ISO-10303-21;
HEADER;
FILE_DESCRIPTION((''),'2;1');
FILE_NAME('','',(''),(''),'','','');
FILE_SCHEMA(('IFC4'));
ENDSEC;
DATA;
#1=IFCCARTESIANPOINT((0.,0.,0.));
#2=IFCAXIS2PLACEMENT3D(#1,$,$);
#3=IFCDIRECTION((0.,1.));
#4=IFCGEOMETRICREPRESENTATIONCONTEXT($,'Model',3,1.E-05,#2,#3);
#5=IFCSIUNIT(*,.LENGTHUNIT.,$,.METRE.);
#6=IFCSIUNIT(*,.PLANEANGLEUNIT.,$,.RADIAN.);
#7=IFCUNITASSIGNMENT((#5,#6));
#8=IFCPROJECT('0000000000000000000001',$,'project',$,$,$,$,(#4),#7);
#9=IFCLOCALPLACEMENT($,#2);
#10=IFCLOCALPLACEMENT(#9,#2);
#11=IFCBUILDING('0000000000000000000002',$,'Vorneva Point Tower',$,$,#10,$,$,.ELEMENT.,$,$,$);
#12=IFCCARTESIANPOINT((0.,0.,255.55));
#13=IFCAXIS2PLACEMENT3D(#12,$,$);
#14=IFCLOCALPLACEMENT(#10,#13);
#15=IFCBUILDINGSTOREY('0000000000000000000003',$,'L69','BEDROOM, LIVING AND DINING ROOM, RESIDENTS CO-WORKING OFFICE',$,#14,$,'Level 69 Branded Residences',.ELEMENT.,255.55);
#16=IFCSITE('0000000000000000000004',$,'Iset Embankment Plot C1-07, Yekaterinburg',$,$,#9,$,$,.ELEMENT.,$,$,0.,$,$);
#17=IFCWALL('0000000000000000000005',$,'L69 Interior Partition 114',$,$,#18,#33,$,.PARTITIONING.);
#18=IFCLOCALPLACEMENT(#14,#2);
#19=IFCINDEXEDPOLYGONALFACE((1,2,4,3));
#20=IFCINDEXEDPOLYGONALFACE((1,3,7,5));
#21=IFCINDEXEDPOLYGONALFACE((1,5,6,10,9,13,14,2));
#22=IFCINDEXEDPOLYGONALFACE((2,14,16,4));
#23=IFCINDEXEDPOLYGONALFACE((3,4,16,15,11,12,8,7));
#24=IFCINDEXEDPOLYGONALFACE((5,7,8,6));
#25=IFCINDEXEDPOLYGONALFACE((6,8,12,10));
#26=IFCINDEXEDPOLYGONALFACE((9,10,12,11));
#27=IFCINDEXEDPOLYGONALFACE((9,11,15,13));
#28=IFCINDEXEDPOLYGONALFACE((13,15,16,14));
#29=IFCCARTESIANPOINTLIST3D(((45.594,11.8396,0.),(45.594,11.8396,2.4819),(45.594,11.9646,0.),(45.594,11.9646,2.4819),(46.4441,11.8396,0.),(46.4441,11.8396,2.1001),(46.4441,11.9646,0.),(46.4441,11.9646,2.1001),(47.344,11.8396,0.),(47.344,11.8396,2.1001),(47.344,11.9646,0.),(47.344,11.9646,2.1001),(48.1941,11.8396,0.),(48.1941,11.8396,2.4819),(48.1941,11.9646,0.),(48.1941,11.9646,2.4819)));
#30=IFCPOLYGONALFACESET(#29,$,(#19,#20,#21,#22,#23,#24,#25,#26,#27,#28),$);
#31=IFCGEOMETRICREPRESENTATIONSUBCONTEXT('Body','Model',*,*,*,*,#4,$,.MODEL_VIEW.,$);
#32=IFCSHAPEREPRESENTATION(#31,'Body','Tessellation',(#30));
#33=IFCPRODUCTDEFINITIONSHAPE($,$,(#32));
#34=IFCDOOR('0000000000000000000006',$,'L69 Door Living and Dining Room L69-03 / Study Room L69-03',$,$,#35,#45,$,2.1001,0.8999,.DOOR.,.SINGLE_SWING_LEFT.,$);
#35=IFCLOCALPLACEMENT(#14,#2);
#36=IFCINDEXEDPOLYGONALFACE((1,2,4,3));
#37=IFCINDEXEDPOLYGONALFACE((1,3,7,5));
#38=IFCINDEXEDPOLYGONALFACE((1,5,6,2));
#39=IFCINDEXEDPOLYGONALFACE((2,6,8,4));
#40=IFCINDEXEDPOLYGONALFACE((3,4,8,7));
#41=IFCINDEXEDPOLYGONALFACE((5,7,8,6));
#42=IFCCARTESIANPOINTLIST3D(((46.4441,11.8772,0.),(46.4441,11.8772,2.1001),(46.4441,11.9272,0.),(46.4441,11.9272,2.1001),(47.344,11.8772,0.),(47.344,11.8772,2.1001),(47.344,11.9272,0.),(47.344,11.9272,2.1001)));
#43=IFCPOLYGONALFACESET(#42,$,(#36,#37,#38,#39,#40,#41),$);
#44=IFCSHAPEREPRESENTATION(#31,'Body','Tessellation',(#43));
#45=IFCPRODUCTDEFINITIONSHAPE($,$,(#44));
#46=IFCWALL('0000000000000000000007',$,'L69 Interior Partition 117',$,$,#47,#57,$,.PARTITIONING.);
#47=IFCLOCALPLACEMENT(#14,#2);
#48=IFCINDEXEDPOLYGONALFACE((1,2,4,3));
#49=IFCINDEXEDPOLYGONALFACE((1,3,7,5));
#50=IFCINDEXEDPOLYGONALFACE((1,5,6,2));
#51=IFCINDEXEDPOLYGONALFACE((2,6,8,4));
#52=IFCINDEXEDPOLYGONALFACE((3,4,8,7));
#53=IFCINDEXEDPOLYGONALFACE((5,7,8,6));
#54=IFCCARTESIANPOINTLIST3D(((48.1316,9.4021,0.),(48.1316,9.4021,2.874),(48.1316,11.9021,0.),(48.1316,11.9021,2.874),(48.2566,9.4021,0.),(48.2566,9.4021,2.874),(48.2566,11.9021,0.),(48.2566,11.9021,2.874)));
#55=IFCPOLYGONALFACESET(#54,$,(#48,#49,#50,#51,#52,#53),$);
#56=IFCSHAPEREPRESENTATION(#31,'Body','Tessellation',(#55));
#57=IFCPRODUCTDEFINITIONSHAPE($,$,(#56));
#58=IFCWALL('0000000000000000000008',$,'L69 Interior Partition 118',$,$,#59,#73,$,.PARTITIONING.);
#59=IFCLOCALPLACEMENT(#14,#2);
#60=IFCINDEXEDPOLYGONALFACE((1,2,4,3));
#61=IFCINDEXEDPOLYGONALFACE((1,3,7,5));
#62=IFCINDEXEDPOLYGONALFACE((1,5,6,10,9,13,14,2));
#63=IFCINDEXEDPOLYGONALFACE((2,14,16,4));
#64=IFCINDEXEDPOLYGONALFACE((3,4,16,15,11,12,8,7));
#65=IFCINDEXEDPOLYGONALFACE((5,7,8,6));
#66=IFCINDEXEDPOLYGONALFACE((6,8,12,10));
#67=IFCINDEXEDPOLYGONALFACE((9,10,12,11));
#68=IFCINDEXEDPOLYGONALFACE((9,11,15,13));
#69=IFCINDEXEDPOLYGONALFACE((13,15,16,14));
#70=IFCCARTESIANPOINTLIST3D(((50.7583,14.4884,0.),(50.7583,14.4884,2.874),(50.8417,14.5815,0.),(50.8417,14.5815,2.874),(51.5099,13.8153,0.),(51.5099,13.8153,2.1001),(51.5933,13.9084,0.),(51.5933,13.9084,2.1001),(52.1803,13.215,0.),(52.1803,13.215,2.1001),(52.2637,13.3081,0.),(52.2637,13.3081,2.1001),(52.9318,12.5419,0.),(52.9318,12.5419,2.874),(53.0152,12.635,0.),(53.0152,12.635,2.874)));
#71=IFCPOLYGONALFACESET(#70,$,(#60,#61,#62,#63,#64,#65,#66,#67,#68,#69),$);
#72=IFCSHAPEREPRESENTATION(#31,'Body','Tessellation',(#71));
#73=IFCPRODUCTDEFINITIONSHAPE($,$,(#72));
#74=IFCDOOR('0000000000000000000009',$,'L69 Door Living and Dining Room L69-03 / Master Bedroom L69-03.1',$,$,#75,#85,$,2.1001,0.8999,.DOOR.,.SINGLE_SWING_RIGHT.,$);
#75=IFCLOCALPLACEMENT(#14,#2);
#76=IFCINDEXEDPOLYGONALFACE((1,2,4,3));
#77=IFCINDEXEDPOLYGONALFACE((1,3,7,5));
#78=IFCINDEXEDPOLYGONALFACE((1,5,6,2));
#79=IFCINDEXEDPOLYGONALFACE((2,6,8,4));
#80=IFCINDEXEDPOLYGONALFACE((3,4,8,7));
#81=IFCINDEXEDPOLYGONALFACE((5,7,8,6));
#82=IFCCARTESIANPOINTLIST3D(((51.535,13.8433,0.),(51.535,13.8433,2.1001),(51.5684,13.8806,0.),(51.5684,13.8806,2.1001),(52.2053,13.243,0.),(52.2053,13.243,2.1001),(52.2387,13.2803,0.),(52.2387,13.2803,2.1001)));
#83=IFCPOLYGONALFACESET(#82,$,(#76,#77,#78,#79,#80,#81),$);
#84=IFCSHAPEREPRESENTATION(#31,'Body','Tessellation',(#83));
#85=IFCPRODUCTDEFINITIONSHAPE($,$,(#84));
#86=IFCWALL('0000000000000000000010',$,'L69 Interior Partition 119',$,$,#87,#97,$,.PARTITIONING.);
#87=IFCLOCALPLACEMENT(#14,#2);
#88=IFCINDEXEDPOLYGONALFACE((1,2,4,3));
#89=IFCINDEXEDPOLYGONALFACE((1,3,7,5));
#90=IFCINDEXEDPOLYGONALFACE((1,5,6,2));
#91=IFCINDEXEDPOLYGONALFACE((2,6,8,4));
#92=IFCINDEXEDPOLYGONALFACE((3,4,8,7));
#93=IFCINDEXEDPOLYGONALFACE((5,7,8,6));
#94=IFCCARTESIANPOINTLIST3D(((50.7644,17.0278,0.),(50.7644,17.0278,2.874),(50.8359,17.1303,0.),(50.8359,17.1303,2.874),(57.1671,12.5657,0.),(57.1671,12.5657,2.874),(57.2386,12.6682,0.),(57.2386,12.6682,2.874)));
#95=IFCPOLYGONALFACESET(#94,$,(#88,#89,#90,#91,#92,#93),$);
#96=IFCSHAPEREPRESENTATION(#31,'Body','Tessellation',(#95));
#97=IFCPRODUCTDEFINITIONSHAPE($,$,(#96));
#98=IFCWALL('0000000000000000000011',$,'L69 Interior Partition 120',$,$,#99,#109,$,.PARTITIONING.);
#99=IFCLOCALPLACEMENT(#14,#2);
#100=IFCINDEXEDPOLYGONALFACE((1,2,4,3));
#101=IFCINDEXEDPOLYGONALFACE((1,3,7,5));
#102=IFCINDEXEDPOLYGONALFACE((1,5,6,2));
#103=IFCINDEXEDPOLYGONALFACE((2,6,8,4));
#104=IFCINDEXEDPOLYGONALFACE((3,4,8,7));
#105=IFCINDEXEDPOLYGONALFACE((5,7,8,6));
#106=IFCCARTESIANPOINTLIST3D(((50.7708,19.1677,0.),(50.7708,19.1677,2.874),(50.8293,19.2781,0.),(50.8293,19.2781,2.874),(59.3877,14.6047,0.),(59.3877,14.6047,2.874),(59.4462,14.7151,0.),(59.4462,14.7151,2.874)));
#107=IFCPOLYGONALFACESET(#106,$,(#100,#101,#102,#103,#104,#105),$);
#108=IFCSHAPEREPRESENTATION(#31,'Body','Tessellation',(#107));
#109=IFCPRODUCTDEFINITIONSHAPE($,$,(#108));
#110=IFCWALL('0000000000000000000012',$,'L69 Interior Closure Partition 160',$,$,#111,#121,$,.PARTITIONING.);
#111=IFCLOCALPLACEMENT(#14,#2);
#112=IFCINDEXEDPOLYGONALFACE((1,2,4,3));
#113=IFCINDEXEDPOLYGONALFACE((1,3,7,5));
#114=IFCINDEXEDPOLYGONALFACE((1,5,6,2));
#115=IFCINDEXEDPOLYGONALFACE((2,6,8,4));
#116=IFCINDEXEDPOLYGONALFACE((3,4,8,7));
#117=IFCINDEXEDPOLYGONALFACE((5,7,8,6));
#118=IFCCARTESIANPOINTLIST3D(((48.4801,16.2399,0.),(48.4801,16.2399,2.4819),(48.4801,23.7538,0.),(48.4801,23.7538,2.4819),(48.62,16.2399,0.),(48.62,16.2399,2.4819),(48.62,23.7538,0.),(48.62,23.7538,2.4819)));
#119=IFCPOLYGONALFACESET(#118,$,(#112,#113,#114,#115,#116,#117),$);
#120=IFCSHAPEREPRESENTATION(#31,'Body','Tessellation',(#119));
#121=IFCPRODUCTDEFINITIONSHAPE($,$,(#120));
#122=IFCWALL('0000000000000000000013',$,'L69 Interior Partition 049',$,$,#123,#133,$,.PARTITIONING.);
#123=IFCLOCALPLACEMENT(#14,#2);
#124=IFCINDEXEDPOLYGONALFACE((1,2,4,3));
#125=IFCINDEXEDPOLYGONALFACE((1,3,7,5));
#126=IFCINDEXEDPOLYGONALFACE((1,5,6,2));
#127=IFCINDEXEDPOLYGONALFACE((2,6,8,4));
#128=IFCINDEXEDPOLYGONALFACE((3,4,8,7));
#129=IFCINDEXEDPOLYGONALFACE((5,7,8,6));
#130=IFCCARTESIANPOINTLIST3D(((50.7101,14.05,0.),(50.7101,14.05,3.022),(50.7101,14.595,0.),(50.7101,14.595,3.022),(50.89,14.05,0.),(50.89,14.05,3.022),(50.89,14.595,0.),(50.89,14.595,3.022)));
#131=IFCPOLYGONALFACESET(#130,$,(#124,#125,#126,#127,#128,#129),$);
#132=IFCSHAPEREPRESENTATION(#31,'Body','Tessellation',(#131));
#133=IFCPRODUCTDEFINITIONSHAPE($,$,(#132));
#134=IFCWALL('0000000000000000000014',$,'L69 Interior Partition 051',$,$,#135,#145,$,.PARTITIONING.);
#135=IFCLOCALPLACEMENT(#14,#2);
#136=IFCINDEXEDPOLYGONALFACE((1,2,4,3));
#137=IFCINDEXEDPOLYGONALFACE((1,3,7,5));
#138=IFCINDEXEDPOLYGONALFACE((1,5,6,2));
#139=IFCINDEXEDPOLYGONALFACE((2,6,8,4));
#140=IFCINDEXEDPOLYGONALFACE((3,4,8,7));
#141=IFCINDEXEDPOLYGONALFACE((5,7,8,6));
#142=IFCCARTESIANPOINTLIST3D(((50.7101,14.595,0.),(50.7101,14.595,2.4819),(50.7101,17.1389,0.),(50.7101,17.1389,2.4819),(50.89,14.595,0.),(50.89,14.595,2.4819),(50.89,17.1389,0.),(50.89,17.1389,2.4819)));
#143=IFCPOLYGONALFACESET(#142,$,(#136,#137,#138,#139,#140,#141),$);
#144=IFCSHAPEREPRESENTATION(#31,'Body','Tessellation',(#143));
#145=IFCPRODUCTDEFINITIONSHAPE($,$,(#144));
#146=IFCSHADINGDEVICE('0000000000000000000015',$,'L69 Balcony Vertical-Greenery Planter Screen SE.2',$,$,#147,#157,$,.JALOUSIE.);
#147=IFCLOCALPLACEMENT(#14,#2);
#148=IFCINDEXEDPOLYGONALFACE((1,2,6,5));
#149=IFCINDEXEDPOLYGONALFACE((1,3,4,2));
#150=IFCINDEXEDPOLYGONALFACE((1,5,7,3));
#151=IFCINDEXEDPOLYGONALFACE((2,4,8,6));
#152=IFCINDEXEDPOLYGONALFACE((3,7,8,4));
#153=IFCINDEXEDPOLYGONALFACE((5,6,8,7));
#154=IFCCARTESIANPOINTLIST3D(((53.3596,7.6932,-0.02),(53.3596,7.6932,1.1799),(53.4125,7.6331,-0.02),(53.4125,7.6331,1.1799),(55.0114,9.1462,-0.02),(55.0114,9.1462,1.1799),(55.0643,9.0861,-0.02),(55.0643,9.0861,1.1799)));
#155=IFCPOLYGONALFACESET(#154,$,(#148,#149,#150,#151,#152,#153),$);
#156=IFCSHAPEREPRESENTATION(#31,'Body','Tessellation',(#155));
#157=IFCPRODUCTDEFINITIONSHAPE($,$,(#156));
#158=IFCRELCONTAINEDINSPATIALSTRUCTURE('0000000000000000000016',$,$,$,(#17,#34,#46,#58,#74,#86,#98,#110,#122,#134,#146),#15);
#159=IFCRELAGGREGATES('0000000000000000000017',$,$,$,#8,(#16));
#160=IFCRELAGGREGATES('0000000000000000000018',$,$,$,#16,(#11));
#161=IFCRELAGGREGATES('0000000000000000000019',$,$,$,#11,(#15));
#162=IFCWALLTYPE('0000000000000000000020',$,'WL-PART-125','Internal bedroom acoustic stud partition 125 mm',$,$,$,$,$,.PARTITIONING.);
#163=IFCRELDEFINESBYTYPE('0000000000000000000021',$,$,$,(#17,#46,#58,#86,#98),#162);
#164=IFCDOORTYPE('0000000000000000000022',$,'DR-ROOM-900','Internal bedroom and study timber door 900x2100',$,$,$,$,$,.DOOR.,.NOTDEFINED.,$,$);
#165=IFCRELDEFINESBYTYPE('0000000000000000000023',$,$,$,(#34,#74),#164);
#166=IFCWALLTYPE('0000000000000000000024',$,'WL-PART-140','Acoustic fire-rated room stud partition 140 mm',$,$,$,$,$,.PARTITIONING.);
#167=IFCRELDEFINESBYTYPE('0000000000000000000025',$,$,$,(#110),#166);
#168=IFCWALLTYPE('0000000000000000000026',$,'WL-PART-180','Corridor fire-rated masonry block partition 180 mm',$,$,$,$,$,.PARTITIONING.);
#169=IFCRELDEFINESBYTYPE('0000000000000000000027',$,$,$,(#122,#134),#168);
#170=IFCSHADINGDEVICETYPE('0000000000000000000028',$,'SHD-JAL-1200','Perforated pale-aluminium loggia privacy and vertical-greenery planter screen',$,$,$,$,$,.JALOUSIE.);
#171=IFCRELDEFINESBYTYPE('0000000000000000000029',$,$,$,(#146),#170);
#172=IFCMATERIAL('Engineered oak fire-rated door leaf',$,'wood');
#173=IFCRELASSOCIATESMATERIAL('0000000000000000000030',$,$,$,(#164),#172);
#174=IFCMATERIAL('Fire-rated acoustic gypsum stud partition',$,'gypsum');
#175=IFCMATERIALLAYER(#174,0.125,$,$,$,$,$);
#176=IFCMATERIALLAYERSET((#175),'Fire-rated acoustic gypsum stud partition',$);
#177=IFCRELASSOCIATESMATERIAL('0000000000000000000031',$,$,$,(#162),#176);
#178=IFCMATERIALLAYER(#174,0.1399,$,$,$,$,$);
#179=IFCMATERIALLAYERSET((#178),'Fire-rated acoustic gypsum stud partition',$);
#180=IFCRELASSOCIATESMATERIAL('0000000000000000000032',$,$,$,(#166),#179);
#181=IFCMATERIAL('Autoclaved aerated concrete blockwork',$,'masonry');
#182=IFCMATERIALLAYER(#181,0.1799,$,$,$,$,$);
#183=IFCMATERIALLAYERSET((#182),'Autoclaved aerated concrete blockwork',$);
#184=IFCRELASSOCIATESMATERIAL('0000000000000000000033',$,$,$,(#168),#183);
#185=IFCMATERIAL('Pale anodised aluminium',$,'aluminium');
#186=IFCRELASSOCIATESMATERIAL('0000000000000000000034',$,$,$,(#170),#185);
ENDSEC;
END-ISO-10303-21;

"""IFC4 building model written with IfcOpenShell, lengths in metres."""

from ifc_helpers import new_model, si_unit, direction, frame, frame_2d, origin, origin_2d, place, context, subcontext, project, spatial, rectangle, extrude, material, layer, layer_set, type_object, element, fill, save


model = new_model("IFC4")

# Units and contexts
model_context = context("Model", 3, precision=1e-05, world=origin(), true_north=direction((0.0, 1.0)))
body_context = subcontext(model_context, "Body", "Model", "MODEL_VIEW")
ifc_project = project(units=[si_unit("LENGTHUNIT", "METRE"), si_unit("PLANEANGLEUNIT", "RADIAN")], contexts=[model_context])

# Site, building, storey
site_placement = place(None, origin())
site = spatial("IfcSite", under=ifc_project, at=site_placement, Name="Iset Embankment Plot C1-07, Yekaterinburg", CompositionType="ELEMENT", RefElevation=0.0)
building_placement = place(site_placement, origin())
building = spatial("IfcBuilding", under=site, at=building_placement, Name="Vorneva Point Tower", CompositionType="ELEMENT")
storey_placement = place(building_placement, frame((0.0, 0.0, 255.55)))
storey = spatial("IfcBuildingStorey", under=building, at=storey_placement, Name="L69", Description="BEDROOM, LIVING AND DINING ROOM, RESIDENTS CO-WORKING OFFICE", LongName="Level 69 Branded Residences", CompositionType="ELEMENT", Elevation=255.55)

# Shared definitions
ifc_material_1 = material(Name="Pale anodised aluminium", Category="aluminium")

# Shared definitions
ifc_material_2 = material(Name="Fire-rated acoustic gypsum stud partition", Category="gypsum")
ifc_material_3 = material(Name="Engineered oak fire-rated door leaf", Category="wood")
door_type_1 = type_object("IfcDoorType", Name="DR-ROOM-900", Description="Internal bedroom and study timber door 900x2100", OperationType="NOTDEFINED", PredefinedType="DOOR", material=ifc_material_3)

# Wall, opening, door
ifc_layer_1 = layer(ifc_material_2, 0.125)
ifc_layer_set_1 = layer_set([ifc_layer_1], Name="Fire-rated acoustic gypsum stud partition")
wall_type_1 = type_object("IfcWallType", Name="WL-PART-125", Description="Internal bedroom acoustic stud partition 125 mm", PredefinedType="PARTITIONING", material=ifc_layer_set_1)
wall_1_placement = place(storey_placement, frame((48.1941, 11.9021, 0.0), z_axis=(0.0, 0.0, 1.0), x_axis=(-1.0, 0.0, 0.0)))
wall_1 = element("IfcWall", 1, at=wall_1_placement, inside=storey, type_object=wall_type_1, Name="L69 Interior Partition 114", PredefinedType="PARTITIONING", context=body_context, shape_type="SweptSolid", body=[
    extrude(rectangle(XDim=2.6001, YDim=0.125, at=frame_2d((1.3, 0.0))), origin(), (0.0, 0.0, 1.0), 2.4819),
])
opening_1_placement = place(wall_1_placement, frame((0.8501, 0.0, 0.0)))
opening_1 = element("IfcOpeningElement", 2, at=opening_1_placement, cuts=wall_1, PredefinedType="OPENING", context=body_context, shape_type="SweptSolid", body=[
    extrude(rectangle(XDim=0.8999, YDim=2.1001, at=frame_2d((0.45, 1.05))), frame((0.0, 0.0774, 0.0), z_axis=(0.0, -1.0, 0.0), x_axis=(1.0, 0.0, 0.0)), (0.0, 0.0, 1.0), 0.1548),
])
door_1_placement = place(opening_1_placement, origin())
door_1 = element("IfcDoor", 3, at=door_1_placement, inside=storey, type_object=door_type_1, Name="L69 Door Living and Dining Room L69-03 / Study Room L69-03", OperationType="SINGLE_SWING_LEFT", OverallHeight=2.1001, OverallWidth=0.8999, PredefinedType="DOOR", context=body_context, shape_type="SweptSolid", body=[
    extrude(rectangle(XDim=0.8999, YDim=2.1001, at=frame_2d((0.45, 1.05))), frame((0.0, 0.0249, 0.0), z_axis=(0.0, -1.0, 0.0), x_axis=(1.0, 0.0, 0.0)), (0.0, 0.0, 1.0), 0.05),
])
fill(opening_1, door_1)

# Wall
wall_2_placement = place(storey_placement, frame((48.1941, 9.4021, 0.0), z_axis=(0.0, 0.0, 1.0), x_axis=(0.0, 1.0, 0.0)))
element("IfcWall", 4, at=wall_2_placement, inside=storey, type_object=wall_type_1, Name="L69 Interior Partition 117", PredefinedType="PARTITIONING", context=body_context, shape_type="SweptSolid", body=[
    extrude(rectangle(XDim=2.5, YDim=0.125, at=frame_2d((1.25, 0.0))), origin(), (0.0, 0.0, 1.0), 2.874),
])

# Wall, opening, door
wall_3_placement = place(storey_placement, frame((52.9736, 12.5884, 0.0), z_axis=(0.0, 0.0, 1.0), x_axis=(-0.744944, 0.667127, 0.0)))
wall_3 = element("IfcWall", 5, at=wall_3_placement, inside=storey, type_object=wall_type_1, Name="L69 Interior Partition 118", PredefinedType="PARTITIONING", context=body_context, shape_type="SweptSolid", body=[
    extrude(rectangle(XDim=2.9177, YDim=0.125, at=frame_2d((1.459, 0.0))), origin(), (0.0, 0.0, 1.0), 2.874),
])
opening_2_placement = place(wall_3_placement, frame((1.009, 0.0, 0.0)))
opening_2 = element("IfcOpeningElement", 6, at=opening_2_placement, cuts=wall_3, PredefinedType="OPENING", context=body_context, shape_type="SweptSolid", body=[
    extrude(rectangle(XDim=0.8999, YDim=2.1001, at=frame_2d((0.45, 1.05))), frame((0.0, 0.0774, 0.0), z_axis=(0.0, -1.0, 0.0), x_axis=(1.0, 0.0, 0.0)), (0.0, 0.0, 1.0), 0.1548),
])
door_2_placement = place(opening_2_placement, origin())
door_2 = element("IfcDoor", 7, at=door_2_placement, inside=storey, type_object=door_type_1, Name="L69 Door Living and Dining Room L69-03 / Master Bedroom L69-03.1", OperationType="SINGLE_SWING_RIGHT", OverallHeight=2.1001, OverallWidth=0.8999, PredefinedType="DOOR", context=body_context, shape_type="SweptSolid", body=[
    extrude(rectangle(XDim=0.8999, YDim=2.1001, at=frame_2d((0.45, 1.05))), frame((0.0, 0.0249, 0.0), z_axis=(0.0, -1.0, 0.0), x_axis=(1.0, 0.0, 0.0)), (0.0, 0.0, 1.0), 0.05),
])
fill(opening_2, door_2)

# Walls
wall_4_placement = place(storey_placement, frame((57.2029, 12.6169, 0.0), z_axis=(0.0, 0.0, 1.0), x_axis=(-0.820424, 0.571756, 0.0)))
element("IfcWall", 8, at=wall_4_placement, inside=storey, type_object=wall_type_1, Name="L69 Interior Partition 119", PredefinedType="PARTITIONING", context=body_context, shape_type="SweptSolid", body=[
    extrude(rectangle(XDim=7.8042, YDim=0.125, at=frame_2d((3.9021, 0.0))), origin(), (0.0, 0.0, 1.0), 2.874),
])
wall_5_placement = place(storey_placement, frame((59.417, 14.6599, 0.0), z_axis=(0.0, 0.0, 1.0), x_axis=(-0.883742, 0.467974, 0.0)))
element("IfcWall", 9, at=wall_5_placement, inside=storey, type_object=wall_type_1, Name="L69 Interior Partition 120", PredefinedType="PARTITIONING", context=body_context, shape_type="SweptSolid", body=[
    extrude(rectangle(XDim=9.7505, YDim=0.125, at=frame_2d((4.8752, 0.0))), origin(), (0.0, 0.0, 1.0), 2.874),
])
ifc_layer_2 = layer(ifc_material_2, 0.1399)
ifc_layer_set_2 = layer_set([ifc_layer_2], Name="Fire-rated acoustic gypsum stud partition")
wall_type_2 = type_object("IfcWallType", Name="WL-PART-140", Description="Acoustic fire-rated room stud partition 140 mm", PredefinedType="PARTITIONING", material=ifc_layer_set_2)
wall_6_placement = place(storey_placement, frame((48.55, 16.24, 0.0), z_axis=(0.0, 0.0, 1.0), x_axis=(0.0, 1.0, 0.0)))
element("IfcWall", 10, at=wall_6_placement, inside=storey, type_object=wall_type_2, Name="L69 Interior Closure Partition 160", PredefinedType="PARTITIONING", context=body_context, shape_type="SweptSolid", body=[
    extrude(rectangle(XDim=7.5139, YDim=0.1399, at=frame_2d((3.7568, 0.0))), origin(), (0.0, 0.0, 1.0), 2.4819),
])
ifc_material_4 = material(Name="Autoclaved aerated concrete blockwork", Category="masonry")
ifc_layer_3 = layer(ifc_material_4, 0.1799)
ifc_layer_set_3 = layer_set([ifc_layer_3], Name="Autoclaved aerated concrete blockwork")
wall_type_3 = type_object("IfcWallType", Name="WL-PART-180", Description="Corridor fire-rated masonry block partition 180 mm", PredefinedType="PARTITIONING", material=ifc_layer_set_3)
wall_7_placement = place(storey_placement, frame((50.8, 14.05, 0.0), z_axis=(0.0, 0.0, 1.0), x_axis=(0.0, 1.0, 0.0)))
element("IfcWall", 11, at=wall_7_placement, inside=storey, type_object=wall_type_3, Name="L69 Interior Partition 049", PredefinedType="PARTITIONING", context=body_context, shape_type="SweptSolid", body=[
    extrude(rectangle(XDim=0.5449, YDim=0.1799, at=frame_2d((0.2725, 0.0))), origin(), (0.0, 0.0, 1.0), 3.022),
])
wall_8_placement = place(storey_placement, frame((50.8, 14.595, 0.0), z_axis=(0.0, 0.0, 1.0), x_axis=(0.0, 1.0, 0.0)))
element("IfcWall", 12, at=wall_8_placement, inside=storey, type_object=wall_type_3, Name="L69 Interior Partition 051", PredefinedType="PARTITIONING", context=body_context, shape_type="SweptSolid", body=[
    extrude(rectangle(XDim=2.5439, YDim=0.1799, at=frame_2d((1.272, 0.0))), origin(), (0.0, 0.0, 1.0), 2.4819),
])

# Shading device
shading_device_type = type_object("IfcShadingDeviceType", Name="SHD-JAL-1200", Description="Perforated pale-aluminium loggia privacy and vertical-greenery planter screen", PredefinedType="JALOUSIE", material=ifc_material_1)
shading_device_placement = place(storey_placement, frame((54.2119, 8.3896, -0.02), z_axis=(0.0, 0.0, 1.0), x_axis=(0.750838, 0.660487, 0.0)))
element("IfcShadingDevice", 13, at=shading_device_placement, inside=storey, type_object=shading_device_type, Name="L69 Balcony Vertical-Greenery Planter Screen SE.2", PredefinedType="JALOUSIE", context=body_context, shape_type="SweptSolid", body=[
    extrude(rectangle(XDim=2.2, YDim=0.0801, at=origin_2d()), origin(), (0.0, 0.0, 1.0), 1.2),
])

save(model, "model.ifc")
